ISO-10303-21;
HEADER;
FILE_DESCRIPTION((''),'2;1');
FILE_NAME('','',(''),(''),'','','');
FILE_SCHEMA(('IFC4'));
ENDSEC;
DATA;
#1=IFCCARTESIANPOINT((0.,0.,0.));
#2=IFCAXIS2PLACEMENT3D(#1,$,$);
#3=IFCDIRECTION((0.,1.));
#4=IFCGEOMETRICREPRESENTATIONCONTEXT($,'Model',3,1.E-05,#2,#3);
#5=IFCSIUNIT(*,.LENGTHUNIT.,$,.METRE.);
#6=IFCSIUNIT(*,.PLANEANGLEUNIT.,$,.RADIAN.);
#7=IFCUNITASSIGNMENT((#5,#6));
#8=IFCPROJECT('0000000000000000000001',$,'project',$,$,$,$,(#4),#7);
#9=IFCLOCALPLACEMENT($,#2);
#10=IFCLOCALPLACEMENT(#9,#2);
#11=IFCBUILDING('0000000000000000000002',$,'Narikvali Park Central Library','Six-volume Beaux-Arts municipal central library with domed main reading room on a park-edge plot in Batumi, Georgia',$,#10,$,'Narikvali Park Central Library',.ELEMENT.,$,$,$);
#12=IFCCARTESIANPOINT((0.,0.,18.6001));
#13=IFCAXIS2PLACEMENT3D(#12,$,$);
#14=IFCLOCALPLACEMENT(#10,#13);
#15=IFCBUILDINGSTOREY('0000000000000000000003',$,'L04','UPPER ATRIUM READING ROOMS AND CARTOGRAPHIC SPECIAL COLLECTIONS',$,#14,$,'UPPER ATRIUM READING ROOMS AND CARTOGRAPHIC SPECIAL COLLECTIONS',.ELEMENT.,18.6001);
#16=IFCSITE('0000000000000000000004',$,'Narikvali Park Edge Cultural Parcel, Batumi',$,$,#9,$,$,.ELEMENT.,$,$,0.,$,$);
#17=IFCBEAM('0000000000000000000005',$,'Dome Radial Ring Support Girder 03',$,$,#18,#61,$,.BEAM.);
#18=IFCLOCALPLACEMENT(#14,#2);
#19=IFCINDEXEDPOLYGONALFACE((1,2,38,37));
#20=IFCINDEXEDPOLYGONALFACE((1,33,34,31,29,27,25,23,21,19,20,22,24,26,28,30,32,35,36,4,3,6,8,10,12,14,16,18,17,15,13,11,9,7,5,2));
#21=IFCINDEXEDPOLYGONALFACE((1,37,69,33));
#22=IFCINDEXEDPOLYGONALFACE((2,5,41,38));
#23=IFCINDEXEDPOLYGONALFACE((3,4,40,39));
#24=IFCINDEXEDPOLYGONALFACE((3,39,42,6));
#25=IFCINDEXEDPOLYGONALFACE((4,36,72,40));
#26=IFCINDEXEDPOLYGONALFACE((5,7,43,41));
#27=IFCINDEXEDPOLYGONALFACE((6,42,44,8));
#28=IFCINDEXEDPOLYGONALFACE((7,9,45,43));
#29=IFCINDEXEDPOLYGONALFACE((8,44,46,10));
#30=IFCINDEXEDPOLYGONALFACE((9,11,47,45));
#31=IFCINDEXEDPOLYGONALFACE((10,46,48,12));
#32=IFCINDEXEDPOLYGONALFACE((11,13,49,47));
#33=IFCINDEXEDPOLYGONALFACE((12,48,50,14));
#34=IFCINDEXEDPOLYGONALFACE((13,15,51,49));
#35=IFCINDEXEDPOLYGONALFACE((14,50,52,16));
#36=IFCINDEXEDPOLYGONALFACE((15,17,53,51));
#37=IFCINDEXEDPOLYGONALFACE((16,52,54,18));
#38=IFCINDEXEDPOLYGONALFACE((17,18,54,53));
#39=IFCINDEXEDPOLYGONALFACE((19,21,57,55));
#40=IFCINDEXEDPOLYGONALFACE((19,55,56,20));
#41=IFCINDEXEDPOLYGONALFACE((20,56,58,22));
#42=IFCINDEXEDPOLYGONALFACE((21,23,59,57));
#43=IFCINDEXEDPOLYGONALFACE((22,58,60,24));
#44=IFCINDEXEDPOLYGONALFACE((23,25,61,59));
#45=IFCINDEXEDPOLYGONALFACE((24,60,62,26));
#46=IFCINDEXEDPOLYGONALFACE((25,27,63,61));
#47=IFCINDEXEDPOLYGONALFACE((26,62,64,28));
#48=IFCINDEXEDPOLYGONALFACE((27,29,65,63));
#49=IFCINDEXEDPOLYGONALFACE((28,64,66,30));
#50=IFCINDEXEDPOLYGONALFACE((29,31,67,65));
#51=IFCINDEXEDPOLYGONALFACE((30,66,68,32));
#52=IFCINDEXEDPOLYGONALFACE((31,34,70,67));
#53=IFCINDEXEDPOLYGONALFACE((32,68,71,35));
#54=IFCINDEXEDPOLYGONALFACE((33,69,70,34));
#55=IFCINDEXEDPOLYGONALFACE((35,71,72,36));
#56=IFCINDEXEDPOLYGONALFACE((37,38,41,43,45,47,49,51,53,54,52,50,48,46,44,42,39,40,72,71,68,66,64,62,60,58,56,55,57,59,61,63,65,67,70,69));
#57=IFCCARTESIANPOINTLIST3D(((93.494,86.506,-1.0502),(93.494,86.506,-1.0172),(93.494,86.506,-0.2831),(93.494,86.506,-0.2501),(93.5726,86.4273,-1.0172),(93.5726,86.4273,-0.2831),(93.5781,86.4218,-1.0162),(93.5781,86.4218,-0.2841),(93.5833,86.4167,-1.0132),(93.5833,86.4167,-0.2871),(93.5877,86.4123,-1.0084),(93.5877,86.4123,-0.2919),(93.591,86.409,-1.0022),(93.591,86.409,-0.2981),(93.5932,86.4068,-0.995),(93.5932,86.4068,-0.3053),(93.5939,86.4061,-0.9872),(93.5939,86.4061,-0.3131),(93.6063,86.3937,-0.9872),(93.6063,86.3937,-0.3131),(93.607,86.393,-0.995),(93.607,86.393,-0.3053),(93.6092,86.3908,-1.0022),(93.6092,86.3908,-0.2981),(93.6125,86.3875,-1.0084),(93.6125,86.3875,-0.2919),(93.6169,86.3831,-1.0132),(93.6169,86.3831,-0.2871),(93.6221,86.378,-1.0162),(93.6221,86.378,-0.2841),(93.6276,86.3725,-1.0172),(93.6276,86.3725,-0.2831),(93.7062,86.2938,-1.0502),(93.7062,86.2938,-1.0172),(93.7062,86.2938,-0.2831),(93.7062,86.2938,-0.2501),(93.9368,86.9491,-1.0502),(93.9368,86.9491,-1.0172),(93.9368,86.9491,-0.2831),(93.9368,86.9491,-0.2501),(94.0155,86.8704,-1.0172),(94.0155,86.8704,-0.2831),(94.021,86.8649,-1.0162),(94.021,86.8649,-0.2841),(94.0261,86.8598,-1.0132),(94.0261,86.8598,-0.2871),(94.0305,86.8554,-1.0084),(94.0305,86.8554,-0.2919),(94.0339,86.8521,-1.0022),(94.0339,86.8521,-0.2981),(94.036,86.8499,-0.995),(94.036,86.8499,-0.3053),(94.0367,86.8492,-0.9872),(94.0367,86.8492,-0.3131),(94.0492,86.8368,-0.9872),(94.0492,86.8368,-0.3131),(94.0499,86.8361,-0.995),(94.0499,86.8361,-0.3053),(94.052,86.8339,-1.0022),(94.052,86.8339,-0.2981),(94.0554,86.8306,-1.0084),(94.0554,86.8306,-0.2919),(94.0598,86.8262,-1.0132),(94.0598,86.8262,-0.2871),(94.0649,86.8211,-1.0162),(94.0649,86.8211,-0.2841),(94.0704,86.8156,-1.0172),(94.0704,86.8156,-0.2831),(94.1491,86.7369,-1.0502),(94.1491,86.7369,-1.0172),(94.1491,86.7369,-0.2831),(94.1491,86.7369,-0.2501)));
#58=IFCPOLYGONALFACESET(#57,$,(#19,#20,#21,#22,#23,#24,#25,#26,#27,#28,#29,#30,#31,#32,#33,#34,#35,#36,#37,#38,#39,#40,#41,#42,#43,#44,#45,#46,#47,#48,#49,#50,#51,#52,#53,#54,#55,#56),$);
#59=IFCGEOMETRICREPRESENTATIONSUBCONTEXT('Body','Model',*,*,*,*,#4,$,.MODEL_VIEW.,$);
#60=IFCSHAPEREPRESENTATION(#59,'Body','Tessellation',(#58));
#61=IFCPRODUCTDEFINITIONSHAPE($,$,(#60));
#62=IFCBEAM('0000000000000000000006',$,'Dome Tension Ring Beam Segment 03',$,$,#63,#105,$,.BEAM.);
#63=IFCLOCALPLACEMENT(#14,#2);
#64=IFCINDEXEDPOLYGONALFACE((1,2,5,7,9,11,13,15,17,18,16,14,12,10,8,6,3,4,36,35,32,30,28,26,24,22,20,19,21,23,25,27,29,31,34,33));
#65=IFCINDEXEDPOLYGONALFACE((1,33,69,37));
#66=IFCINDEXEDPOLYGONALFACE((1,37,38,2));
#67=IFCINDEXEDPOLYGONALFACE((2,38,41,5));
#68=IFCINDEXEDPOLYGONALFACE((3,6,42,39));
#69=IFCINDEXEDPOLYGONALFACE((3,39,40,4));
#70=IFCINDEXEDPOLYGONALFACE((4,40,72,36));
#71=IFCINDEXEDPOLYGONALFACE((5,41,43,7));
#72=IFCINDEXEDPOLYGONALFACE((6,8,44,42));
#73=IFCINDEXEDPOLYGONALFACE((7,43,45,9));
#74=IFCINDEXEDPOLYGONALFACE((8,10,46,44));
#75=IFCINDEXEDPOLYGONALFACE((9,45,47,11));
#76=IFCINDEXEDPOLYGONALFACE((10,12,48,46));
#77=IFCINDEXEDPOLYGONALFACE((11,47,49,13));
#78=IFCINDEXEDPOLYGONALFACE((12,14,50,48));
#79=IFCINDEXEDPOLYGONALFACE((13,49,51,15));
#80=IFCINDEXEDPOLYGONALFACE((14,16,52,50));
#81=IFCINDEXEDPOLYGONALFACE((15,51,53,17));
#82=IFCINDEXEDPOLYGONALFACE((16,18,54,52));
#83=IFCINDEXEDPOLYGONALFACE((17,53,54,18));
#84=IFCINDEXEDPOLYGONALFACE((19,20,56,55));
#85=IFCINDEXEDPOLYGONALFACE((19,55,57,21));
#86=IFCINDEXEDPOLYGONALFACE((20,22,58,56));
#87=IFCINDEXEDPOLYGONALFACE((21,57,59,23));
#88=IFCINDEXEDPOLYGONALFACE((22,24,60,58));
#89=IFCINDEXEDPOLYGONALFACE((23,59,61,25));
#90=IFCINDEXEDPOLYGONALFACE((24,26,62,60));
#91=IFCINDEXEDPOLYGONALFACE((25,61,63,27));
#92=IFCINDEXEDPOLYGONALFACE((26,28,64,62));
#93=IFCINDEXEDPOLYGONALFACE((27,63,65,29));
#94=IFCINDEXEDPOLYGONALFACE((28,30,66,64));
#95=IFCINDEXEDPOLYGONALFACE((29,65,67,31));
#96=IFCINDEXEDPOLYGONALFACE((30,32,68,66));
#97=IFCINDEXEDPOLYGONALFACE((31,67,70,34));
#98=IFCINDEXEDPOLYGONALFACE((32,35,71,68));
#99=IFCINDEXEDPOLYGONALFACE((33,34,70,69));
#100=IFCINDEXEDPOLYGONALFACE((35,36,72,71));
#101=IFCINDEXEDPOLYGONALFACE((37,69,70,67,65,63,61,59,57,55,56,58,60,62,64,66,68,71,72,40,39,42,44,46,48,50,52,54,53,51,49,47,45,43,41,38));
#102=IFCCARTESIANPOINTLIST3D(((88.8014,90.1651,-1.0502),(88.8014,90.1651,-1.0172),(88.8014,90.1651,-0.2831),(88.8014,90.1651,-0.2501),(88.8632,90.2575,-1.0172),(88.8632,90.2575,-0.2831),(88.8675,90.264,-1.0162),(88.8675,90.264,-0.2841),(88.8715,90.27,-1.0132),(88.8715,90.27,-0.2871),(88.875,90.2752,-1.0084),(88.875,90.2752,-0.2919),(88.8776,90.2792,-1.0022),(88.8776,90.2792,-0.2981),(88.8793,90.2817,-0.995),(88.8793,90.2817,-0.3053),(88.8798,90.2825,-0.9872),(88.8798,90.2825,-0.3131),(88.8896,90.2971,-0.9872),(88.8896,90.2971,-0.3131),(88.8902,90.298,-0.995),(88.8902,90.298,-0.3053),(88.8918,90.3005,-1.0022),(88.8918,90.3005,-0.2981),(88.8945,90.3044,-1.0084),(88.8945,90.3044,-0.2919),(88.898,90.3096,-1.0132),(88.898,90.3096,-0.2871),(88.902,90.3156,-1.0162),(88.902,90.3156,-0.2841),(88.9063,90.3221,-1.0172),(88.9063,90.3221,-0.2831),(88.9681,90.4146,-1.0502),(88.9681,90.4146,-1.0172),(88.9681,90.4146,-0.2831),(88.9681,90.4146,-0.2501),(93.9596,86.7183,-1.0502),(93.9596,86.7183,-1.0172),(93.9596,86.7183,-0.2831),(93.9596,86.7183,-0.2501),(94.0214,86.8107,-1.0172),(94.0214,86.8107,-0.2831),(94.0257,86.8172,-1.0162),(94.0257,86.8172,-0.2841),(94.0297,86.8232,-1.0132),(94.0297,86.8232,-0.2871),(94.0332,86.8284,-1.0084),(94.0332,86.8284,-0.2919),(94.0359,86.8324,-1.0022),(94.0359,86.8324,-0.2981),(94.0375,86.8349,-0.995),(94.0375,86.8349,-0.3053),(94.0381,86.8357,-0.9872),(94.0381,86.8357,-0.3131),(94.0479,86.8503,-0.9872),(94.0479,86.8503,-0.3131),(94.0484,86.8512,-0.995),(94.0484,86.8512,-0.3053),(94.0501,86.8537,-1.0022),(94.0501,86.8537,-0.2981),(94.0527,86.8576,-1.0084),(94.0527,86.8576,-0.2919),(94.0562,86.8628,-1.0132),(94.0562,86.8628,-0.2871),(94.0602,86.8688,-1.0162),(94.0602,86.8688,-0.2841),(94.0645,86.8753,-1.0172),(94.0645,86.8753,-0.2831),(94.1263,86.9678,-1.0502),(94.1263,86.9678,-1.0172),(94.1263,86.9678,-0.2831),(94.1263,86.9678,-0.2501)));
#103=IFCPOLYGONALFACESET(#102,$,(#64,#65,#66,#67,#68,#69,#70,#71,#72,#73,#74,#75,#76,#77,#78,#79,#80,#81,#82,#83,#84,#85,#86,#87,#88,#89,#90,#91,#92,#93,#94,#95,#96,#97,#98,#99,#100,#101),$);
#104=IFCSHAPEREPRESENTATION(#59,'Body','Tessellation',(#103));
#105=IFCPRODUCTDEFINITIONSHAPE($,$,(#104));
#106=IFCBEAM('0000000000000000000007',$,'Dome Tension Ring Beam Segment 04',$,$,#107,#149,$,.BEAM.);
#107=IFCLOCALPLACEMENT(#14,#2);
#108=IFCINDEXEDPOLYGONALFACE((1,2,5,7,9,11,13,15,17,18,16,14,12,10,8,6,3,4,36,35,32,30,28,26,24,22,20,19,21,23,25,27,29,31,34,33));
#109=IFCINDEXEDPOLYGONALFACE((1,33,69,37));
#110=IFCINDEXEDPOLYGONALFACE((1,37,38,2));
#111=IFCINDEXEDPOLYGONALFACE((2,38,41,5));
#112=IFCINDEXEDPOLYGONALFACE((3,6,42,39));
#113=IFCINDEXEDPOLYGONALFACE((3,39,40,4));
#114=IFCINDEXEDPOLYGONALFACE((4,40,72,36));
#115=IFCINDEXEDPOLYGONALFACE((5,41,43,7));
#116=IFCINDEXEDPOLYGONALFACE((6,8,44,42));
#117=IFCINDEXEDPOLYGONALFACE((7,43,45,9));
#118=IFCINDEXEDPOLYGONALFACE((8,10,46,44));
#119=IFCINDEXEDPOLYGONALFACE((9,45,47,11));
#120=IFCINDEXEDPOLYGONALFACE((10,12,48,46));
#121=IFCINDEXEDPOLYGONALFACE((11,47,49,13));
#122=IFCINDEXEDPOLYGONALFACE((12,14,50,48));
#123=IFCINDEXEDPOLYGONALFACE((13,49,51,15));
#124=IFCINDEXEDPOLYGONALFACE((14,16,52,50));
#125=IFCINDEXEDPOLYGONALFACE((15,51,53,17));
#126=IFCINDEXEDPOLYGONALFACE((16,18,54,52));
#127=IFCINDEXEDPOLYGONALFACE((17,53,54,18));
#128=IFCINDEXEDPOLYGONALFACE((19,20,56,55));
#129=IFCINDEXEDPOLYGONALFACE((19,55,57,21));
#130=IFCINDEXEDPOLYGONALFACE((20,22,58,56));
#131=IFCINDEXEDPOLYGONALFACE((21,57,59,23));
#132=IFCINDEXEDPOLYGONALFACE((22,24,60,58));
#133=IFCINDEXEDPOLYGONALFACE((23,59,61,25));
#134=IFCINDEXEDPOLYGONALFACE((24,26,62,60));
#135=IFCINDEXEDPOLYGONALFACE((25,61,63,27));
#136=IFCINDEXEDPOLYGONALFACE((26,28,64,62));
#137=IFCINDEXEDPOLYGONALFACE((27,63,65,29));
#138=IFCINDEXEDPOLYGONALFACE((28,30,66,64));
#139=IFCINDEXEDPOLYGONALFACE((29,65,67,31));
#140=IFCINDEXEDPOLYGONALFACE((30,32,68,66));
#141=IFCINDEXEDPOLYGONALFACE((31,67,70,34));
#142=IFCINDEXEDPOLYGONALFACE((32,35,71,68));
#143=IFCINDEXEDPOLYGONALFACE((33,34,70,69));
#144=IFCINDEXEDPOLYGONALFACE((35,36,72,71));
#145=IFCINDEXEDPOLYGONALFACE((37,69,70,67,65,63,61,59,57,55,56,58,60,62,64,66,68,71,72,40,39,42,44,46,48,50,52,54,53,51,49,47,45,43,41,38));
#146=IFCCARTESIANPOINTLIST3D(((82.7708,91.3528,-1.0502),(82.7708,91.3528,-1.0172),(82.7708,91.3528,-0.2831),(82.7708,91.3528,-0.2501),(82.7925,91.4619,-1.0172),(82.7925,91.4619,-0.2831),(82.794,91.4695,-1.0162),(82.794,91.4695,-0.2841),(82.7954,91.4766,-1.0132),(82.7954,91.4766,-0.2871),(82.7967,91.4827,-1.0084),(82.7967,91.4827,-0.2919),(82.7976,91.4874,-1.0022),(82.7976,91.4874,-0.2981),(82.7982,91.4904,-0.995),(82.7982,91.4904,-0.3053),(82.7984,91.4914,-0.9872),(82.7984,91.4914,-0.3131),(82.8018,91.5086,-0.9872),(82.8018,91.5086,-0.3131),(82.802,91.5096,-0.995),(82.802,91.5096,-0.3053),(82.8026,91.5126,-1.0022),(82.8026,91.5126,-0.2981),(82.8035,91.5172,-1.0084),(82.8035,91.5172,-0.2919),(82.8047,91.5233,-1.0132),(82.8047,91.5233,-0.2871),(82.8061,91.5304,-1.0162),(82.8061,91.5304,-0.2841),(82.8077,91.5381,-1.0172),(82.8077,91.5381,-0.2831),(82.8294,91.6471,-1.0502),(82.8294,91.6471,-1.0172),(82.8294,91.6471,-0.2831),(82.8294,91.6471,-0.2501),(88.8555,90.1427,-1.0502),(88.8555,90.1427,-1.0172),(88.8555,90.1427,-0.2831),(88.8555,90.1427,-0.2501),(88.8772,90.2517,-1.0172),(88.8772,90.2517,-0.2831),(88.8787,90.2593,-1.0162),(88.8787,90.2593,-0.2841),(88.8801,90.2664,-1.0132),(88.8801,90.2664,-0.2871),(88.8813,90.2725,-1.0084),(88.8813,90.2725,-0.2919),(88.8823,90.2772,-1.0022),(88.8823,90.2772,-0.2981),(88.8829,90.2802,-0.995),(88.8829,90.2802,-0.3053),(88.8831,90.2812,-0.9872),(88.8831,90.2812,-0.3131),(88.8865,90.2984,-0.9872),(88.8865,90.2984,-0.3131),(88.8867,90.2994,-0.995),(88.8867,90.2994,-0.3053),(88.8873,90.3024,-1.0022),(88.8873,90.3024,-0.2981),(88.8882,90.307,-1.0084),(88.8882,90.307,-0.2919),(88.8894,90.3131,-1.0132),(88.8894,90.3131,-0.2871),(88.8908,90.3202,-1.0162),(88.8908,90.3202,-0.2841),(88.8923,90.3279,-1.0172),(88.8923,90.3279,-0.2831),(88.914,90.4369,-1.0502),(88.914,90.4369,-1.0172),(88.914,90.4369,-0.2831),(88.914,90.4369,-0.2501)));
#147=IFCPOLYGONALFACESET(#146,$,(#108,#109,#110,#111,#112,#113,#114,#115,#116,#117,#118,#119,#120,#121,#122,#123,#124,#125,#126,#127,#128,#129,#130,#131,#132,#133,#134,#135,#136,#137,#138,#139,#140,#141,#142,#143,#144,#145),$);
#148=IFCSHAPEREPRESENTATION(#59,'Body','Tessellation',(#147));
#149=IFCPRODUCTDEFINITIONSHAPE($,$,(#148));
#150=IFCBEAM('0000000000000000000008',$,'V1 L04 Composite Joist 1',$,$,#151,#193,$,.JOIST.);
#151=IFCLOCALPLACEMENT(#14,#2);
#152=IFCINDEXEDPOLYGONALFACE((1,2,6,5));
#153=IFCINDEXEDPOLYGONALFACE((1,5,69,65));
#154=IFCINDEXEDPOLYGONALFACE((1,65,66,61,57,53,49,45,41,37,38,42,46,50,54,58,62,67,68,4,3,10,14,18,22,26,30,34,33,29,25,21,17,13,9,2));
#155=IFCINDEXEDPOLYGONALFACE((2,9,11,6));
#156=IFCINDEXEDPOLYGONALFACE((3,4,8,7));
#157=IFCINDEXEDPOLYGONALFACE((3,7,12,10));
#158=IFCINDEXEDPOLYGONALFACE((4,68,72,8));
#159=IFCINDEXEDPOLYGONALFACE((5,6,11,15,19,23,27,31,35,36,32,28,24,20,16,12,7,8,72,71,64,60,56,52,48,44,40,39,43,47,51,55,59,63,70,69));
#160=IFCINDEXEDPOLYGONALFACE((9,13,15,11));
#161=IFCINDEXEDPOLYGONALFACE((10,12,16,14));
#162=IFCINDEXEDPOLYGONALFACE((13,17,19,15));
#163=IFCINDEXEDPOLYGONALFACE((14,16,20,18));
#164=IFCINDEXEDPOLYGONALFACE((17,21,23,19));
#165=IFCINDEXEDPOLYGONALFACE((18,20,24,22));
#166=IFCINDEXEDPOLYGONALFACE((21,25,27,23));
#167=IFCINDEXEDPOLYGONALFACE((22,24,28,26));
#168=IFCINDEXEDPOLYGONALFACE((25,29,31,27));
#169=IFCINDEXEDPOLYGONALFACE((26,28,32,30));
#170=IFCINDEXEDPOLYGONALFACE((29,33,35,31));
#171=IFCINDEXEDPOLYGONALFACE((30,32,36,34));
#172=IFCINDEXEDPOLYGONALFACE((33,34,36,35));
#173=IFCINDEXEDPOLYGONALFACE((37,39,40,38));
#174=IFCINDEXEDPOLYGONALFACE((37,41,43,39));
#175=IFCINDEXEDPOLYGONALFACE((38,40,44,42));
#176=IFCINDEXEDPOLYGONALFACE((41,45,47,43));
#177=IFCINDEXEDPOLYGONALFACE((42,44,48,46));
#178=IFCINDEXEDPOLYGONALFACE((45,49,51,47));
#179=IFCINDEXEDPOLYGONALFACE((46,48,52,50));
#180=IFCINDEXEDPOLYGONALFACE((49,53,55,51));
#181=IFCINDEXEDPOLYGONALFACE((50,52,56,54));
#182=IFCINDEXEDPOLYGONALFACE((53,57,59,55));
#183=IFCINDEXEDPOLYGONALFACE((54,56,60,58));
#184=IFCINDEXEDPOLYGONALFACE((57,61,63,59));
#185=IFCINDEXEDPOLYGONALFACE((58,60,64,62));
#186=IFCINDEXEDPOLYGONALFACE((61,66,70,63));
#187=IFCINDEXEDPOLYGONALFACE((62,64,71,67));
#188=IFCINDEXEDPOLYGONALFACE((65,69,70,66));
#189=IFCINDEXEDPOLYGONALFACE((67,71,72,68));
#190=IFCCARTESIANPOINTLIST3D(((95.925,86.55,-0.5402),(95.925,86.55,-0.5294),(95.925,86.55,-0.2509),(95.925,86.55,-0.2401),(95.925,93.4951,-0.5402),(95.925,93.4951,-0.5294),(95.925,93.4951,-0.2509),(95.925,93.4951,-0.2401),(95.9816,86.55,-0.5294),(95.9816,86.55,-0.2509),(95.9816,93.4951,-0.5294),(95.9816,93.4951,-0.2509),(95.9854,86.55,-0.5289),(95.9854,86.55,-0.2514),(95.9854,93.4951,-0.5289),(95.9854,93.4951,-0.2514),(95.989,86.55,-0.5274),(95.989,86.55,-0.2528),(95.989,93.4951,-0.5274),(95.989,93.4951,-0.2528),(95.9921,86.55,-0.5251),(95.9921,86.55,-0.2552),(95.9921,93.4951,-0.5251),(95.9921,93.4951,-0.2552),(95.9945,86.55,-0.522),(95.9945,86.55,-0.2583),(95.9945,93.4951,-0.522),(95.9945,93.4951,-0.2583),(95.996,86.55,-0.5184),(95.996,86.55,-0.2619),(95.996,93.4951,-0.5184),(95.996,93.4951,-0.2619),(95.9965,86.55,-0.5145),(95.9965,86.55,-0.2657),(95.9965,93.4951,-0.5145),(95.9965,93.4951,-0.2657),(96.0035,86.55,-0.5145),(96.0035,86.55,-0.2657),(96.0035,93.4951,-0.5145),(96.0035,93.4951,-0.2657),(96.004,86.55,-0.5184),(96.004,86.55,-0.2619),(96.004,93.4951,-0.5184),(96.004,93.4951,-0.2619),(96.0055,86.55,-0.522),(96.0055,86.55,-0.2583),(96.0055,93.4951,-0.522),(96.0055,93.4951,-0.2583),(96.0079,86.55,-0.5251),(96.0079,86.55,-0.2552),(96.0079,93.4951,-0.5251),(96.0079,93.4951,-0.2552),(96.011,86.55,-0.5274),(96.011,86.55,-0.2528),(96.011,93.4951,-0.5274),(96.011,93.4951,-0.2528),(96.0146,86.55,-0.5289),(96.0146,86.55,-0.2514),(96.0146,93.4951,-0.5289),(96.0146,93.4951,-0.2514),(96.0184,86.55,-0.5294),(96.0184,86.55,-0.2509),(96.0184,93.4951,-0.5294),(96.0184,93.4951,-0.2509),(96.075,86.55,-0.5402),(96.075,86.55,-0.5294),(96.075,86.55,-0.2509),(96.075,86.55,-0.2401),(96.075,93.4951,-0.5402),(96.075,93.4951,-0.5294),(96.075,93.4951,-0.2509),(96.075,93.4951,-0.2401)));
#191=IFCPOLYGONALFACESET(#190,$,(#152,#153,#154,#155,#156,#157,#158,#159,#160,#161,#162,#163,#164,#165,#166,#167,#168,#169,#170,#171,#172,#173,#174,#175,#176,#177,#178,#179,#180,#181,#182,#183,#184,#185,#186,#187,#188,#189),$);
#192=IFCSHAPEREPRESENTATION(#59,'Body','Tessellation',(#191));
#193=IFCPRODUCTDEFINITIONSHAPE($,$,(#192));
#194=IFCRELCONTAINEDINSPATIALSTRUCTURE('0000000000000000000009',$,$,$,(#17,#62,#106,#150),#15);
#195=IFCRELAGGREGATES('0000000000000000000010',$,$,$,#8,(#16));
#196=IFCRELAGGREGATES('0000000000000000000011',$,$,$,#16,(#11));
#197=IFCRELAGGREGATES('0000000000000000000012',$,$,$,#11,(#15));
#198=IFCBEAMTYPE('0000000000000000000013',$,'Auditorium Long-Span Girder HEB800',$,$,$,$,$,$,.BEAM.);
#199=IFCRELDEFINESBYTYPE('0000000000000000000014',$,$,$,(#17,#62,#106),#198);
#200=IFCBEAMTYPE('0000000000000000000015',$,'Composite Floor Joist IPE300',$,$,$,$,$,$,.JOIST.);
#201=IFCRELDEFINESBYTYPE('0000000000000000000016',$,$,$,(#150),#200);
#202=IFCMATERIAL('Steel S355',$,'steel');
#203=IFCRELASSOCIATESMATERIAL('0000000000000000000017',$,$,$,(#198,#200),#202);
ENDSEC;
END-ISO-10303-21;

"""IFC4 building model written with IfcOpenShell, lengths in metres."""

from ifc_helpers import new_model, si_unit, direction, frame, origin, origin_2d, place, context, subcontext, project, spatial, i_section, extrude, material, material_profile, profile_set, type_object, element, save


model = new_model("IFC4")

# Units and contexts
model_context = context("Model", 3, precision=1e-05, world=origin(), true_north=direction((0.0, 1.0)))
body_context = subcontext(model_context, "Body", "Model", "MODEL_VIEW")
ifc_project = project(units=[si_unit("LENGTHUNIT", "METRE"), si_unit("PLANEANGLEUNIT", "RADIAN")], contexts=[model_context])

# Site, building, storey
site_placement = place(None, origin())
site = spatial("IfcSite", under=ifc_project, at=site_placement, Name="Narikvali Park Edge Cultural Parcel, Batumi", CompositionType="ELEMENT", RefElevation=0.0)
building_placement = place(site_placement, origin())
building = spatial("IfcBuilding", under=site, at=building_placement, Name="Narikvali Park Central Library", Description="Six-volume Beaux-Arts municipal central library with domed main reading room on a park-edge plot in Batumi, Georgia", LongName="Narikvali Park Central Library", CompositionType="ELEMENT")
storey_placement = place(building_placement, frame((0.0, 0.0, 18.6001)))
storey = spatial("IfcBuildingStorey", under=building, at=storey_placement, Name="L04", Description="UPPER ATRIUM READING ROOMS AND CARTOGRAPHIC SPECIAL COLLECTIONS", LongName="UPPER ATRIUM READING ROOMS AND CARTOGRAPHIC SPECIAL COLLECTIONS", CompositionType="ELEMENT", Elevation=18.6001)

# Beams
ifc_material_1 = material(Name="Steel S355", Category="steel")
ifc_material_profile_1 = material_profile(ifc_material_1, i_section(OverallWidth=0.3, OverallDepth=0.8, WebThickness=0.0176, FlangeThickness=0.033, FilletRadius=0.03, at=origin_2d()), Name="HEB 800")
ifc_profile_set_1 = profile_set([ifc_material_profile_1], Name="Steel S355")
beam_type_1 = type_object("IfcBeamType", Name="Auditorium Long-Span Girder HEB800", PredefinedType="BEAM", material=ifc_profile_set_1)
beam_1_placement = place(storey_placement, frame((93.6001, 86.3999, -0.6501), z_axis=(0.706912, 0.707302, 0.0), x_axis=(-0.707302, 0.706912, 0.0)))
element("IfcBeam", 1, at=beam_1_placement, inside=storey, type_object=beam_type_1, Name="Dome Radial Ring Support Girder 03", PredefinedType="BEAM", context=body_context, shape_type="SweptSolid", body=[
    extrude(i_section(OverallWidth=0.3, OverallDepth=0.8, WebThickness=0.0176, FlangeThickness=0.033, FilletRadius=0.03, at=origin_2d()), origin(), (0.0, 0.0, 1.0), 0.6265),
])
for number, where, z_axis, x_axis, name in (
    (2, (94.043, 86.843, -0.6501), (-0.831456, 0.55559, 0.0), (-0.55559, -0.831456, 0.0), "Dome Tension Ring Beam Segment 03"),
    (3, (88.8848, 90.2898, -0.6501), (-0.980789, 0.195072, 0.0), (-0.195072, -0.980789, 0.0), "Dome Tension Ring Beam Segment 04"),
):
    element("IfcBeam", number, at=place(storey_placement, frame(where, z_axis=z_axis, x_axis=x_axis)), inside=storey, type_object=beam_type_1, Name=name, PredefinedType="BEAM", context=body_context, shape_type="SweptSolid", body=[
        extrude(i_section(OverallWidth=0.3, OverallDepth=0.8, WebThickness=0.0176, FlangeThickness=0.033, FilletRadius=0.03, at=origin_2d()), origin(), (0.0, 0.0, 1.0), 6.2039),
    ])
ifc_material_profile_2 = material_profile(ifc_material_1, i_section(OverallWidth=0.1499, OverallDepth=0.3, WebThickness=0.0071, FlangeThickness=0.0107, FilletRadius=0.0149, at=origin_2d()), Name="IPE 300")
ifc_profile_set_2 = profile_set([ifc_material_profile_2], Name="Steel S355")
beam_type_2 = type_object("IfcBeamType", Name="Composite Floor Joist IPE300", PredefinedType="JOIST", material=ifc_profile_set_2)
for number, where, z_axis, x_axis, name in (
    (4, (96.0, 86.55, -0.3901), (0.0, 1.0, 0.0), (-1.0, 0.0, 0.0), "V1 L04 Composite Joist 1"),
):
    element("IfcBeam", number, at=place(storey_placement, frame(where, z_axis=z_axis, x_axis=x_axis)), inside=storey, type_object=beam_type_2, Name=name, PredefinedType="JOIST", context=body_context, shape_type="SweptSolid", body=[
        extrude(i_section(OverallWidth=0.1499, OverallDepth=0.3, WebThickness=0.0071, FlangeThickness=0.0107, FilletRadius=0.0149, at=origin_2d()), origin(), (0.0, 0.0, 1.0), 6.9451),
    ])

save(model, "model.ifc")
